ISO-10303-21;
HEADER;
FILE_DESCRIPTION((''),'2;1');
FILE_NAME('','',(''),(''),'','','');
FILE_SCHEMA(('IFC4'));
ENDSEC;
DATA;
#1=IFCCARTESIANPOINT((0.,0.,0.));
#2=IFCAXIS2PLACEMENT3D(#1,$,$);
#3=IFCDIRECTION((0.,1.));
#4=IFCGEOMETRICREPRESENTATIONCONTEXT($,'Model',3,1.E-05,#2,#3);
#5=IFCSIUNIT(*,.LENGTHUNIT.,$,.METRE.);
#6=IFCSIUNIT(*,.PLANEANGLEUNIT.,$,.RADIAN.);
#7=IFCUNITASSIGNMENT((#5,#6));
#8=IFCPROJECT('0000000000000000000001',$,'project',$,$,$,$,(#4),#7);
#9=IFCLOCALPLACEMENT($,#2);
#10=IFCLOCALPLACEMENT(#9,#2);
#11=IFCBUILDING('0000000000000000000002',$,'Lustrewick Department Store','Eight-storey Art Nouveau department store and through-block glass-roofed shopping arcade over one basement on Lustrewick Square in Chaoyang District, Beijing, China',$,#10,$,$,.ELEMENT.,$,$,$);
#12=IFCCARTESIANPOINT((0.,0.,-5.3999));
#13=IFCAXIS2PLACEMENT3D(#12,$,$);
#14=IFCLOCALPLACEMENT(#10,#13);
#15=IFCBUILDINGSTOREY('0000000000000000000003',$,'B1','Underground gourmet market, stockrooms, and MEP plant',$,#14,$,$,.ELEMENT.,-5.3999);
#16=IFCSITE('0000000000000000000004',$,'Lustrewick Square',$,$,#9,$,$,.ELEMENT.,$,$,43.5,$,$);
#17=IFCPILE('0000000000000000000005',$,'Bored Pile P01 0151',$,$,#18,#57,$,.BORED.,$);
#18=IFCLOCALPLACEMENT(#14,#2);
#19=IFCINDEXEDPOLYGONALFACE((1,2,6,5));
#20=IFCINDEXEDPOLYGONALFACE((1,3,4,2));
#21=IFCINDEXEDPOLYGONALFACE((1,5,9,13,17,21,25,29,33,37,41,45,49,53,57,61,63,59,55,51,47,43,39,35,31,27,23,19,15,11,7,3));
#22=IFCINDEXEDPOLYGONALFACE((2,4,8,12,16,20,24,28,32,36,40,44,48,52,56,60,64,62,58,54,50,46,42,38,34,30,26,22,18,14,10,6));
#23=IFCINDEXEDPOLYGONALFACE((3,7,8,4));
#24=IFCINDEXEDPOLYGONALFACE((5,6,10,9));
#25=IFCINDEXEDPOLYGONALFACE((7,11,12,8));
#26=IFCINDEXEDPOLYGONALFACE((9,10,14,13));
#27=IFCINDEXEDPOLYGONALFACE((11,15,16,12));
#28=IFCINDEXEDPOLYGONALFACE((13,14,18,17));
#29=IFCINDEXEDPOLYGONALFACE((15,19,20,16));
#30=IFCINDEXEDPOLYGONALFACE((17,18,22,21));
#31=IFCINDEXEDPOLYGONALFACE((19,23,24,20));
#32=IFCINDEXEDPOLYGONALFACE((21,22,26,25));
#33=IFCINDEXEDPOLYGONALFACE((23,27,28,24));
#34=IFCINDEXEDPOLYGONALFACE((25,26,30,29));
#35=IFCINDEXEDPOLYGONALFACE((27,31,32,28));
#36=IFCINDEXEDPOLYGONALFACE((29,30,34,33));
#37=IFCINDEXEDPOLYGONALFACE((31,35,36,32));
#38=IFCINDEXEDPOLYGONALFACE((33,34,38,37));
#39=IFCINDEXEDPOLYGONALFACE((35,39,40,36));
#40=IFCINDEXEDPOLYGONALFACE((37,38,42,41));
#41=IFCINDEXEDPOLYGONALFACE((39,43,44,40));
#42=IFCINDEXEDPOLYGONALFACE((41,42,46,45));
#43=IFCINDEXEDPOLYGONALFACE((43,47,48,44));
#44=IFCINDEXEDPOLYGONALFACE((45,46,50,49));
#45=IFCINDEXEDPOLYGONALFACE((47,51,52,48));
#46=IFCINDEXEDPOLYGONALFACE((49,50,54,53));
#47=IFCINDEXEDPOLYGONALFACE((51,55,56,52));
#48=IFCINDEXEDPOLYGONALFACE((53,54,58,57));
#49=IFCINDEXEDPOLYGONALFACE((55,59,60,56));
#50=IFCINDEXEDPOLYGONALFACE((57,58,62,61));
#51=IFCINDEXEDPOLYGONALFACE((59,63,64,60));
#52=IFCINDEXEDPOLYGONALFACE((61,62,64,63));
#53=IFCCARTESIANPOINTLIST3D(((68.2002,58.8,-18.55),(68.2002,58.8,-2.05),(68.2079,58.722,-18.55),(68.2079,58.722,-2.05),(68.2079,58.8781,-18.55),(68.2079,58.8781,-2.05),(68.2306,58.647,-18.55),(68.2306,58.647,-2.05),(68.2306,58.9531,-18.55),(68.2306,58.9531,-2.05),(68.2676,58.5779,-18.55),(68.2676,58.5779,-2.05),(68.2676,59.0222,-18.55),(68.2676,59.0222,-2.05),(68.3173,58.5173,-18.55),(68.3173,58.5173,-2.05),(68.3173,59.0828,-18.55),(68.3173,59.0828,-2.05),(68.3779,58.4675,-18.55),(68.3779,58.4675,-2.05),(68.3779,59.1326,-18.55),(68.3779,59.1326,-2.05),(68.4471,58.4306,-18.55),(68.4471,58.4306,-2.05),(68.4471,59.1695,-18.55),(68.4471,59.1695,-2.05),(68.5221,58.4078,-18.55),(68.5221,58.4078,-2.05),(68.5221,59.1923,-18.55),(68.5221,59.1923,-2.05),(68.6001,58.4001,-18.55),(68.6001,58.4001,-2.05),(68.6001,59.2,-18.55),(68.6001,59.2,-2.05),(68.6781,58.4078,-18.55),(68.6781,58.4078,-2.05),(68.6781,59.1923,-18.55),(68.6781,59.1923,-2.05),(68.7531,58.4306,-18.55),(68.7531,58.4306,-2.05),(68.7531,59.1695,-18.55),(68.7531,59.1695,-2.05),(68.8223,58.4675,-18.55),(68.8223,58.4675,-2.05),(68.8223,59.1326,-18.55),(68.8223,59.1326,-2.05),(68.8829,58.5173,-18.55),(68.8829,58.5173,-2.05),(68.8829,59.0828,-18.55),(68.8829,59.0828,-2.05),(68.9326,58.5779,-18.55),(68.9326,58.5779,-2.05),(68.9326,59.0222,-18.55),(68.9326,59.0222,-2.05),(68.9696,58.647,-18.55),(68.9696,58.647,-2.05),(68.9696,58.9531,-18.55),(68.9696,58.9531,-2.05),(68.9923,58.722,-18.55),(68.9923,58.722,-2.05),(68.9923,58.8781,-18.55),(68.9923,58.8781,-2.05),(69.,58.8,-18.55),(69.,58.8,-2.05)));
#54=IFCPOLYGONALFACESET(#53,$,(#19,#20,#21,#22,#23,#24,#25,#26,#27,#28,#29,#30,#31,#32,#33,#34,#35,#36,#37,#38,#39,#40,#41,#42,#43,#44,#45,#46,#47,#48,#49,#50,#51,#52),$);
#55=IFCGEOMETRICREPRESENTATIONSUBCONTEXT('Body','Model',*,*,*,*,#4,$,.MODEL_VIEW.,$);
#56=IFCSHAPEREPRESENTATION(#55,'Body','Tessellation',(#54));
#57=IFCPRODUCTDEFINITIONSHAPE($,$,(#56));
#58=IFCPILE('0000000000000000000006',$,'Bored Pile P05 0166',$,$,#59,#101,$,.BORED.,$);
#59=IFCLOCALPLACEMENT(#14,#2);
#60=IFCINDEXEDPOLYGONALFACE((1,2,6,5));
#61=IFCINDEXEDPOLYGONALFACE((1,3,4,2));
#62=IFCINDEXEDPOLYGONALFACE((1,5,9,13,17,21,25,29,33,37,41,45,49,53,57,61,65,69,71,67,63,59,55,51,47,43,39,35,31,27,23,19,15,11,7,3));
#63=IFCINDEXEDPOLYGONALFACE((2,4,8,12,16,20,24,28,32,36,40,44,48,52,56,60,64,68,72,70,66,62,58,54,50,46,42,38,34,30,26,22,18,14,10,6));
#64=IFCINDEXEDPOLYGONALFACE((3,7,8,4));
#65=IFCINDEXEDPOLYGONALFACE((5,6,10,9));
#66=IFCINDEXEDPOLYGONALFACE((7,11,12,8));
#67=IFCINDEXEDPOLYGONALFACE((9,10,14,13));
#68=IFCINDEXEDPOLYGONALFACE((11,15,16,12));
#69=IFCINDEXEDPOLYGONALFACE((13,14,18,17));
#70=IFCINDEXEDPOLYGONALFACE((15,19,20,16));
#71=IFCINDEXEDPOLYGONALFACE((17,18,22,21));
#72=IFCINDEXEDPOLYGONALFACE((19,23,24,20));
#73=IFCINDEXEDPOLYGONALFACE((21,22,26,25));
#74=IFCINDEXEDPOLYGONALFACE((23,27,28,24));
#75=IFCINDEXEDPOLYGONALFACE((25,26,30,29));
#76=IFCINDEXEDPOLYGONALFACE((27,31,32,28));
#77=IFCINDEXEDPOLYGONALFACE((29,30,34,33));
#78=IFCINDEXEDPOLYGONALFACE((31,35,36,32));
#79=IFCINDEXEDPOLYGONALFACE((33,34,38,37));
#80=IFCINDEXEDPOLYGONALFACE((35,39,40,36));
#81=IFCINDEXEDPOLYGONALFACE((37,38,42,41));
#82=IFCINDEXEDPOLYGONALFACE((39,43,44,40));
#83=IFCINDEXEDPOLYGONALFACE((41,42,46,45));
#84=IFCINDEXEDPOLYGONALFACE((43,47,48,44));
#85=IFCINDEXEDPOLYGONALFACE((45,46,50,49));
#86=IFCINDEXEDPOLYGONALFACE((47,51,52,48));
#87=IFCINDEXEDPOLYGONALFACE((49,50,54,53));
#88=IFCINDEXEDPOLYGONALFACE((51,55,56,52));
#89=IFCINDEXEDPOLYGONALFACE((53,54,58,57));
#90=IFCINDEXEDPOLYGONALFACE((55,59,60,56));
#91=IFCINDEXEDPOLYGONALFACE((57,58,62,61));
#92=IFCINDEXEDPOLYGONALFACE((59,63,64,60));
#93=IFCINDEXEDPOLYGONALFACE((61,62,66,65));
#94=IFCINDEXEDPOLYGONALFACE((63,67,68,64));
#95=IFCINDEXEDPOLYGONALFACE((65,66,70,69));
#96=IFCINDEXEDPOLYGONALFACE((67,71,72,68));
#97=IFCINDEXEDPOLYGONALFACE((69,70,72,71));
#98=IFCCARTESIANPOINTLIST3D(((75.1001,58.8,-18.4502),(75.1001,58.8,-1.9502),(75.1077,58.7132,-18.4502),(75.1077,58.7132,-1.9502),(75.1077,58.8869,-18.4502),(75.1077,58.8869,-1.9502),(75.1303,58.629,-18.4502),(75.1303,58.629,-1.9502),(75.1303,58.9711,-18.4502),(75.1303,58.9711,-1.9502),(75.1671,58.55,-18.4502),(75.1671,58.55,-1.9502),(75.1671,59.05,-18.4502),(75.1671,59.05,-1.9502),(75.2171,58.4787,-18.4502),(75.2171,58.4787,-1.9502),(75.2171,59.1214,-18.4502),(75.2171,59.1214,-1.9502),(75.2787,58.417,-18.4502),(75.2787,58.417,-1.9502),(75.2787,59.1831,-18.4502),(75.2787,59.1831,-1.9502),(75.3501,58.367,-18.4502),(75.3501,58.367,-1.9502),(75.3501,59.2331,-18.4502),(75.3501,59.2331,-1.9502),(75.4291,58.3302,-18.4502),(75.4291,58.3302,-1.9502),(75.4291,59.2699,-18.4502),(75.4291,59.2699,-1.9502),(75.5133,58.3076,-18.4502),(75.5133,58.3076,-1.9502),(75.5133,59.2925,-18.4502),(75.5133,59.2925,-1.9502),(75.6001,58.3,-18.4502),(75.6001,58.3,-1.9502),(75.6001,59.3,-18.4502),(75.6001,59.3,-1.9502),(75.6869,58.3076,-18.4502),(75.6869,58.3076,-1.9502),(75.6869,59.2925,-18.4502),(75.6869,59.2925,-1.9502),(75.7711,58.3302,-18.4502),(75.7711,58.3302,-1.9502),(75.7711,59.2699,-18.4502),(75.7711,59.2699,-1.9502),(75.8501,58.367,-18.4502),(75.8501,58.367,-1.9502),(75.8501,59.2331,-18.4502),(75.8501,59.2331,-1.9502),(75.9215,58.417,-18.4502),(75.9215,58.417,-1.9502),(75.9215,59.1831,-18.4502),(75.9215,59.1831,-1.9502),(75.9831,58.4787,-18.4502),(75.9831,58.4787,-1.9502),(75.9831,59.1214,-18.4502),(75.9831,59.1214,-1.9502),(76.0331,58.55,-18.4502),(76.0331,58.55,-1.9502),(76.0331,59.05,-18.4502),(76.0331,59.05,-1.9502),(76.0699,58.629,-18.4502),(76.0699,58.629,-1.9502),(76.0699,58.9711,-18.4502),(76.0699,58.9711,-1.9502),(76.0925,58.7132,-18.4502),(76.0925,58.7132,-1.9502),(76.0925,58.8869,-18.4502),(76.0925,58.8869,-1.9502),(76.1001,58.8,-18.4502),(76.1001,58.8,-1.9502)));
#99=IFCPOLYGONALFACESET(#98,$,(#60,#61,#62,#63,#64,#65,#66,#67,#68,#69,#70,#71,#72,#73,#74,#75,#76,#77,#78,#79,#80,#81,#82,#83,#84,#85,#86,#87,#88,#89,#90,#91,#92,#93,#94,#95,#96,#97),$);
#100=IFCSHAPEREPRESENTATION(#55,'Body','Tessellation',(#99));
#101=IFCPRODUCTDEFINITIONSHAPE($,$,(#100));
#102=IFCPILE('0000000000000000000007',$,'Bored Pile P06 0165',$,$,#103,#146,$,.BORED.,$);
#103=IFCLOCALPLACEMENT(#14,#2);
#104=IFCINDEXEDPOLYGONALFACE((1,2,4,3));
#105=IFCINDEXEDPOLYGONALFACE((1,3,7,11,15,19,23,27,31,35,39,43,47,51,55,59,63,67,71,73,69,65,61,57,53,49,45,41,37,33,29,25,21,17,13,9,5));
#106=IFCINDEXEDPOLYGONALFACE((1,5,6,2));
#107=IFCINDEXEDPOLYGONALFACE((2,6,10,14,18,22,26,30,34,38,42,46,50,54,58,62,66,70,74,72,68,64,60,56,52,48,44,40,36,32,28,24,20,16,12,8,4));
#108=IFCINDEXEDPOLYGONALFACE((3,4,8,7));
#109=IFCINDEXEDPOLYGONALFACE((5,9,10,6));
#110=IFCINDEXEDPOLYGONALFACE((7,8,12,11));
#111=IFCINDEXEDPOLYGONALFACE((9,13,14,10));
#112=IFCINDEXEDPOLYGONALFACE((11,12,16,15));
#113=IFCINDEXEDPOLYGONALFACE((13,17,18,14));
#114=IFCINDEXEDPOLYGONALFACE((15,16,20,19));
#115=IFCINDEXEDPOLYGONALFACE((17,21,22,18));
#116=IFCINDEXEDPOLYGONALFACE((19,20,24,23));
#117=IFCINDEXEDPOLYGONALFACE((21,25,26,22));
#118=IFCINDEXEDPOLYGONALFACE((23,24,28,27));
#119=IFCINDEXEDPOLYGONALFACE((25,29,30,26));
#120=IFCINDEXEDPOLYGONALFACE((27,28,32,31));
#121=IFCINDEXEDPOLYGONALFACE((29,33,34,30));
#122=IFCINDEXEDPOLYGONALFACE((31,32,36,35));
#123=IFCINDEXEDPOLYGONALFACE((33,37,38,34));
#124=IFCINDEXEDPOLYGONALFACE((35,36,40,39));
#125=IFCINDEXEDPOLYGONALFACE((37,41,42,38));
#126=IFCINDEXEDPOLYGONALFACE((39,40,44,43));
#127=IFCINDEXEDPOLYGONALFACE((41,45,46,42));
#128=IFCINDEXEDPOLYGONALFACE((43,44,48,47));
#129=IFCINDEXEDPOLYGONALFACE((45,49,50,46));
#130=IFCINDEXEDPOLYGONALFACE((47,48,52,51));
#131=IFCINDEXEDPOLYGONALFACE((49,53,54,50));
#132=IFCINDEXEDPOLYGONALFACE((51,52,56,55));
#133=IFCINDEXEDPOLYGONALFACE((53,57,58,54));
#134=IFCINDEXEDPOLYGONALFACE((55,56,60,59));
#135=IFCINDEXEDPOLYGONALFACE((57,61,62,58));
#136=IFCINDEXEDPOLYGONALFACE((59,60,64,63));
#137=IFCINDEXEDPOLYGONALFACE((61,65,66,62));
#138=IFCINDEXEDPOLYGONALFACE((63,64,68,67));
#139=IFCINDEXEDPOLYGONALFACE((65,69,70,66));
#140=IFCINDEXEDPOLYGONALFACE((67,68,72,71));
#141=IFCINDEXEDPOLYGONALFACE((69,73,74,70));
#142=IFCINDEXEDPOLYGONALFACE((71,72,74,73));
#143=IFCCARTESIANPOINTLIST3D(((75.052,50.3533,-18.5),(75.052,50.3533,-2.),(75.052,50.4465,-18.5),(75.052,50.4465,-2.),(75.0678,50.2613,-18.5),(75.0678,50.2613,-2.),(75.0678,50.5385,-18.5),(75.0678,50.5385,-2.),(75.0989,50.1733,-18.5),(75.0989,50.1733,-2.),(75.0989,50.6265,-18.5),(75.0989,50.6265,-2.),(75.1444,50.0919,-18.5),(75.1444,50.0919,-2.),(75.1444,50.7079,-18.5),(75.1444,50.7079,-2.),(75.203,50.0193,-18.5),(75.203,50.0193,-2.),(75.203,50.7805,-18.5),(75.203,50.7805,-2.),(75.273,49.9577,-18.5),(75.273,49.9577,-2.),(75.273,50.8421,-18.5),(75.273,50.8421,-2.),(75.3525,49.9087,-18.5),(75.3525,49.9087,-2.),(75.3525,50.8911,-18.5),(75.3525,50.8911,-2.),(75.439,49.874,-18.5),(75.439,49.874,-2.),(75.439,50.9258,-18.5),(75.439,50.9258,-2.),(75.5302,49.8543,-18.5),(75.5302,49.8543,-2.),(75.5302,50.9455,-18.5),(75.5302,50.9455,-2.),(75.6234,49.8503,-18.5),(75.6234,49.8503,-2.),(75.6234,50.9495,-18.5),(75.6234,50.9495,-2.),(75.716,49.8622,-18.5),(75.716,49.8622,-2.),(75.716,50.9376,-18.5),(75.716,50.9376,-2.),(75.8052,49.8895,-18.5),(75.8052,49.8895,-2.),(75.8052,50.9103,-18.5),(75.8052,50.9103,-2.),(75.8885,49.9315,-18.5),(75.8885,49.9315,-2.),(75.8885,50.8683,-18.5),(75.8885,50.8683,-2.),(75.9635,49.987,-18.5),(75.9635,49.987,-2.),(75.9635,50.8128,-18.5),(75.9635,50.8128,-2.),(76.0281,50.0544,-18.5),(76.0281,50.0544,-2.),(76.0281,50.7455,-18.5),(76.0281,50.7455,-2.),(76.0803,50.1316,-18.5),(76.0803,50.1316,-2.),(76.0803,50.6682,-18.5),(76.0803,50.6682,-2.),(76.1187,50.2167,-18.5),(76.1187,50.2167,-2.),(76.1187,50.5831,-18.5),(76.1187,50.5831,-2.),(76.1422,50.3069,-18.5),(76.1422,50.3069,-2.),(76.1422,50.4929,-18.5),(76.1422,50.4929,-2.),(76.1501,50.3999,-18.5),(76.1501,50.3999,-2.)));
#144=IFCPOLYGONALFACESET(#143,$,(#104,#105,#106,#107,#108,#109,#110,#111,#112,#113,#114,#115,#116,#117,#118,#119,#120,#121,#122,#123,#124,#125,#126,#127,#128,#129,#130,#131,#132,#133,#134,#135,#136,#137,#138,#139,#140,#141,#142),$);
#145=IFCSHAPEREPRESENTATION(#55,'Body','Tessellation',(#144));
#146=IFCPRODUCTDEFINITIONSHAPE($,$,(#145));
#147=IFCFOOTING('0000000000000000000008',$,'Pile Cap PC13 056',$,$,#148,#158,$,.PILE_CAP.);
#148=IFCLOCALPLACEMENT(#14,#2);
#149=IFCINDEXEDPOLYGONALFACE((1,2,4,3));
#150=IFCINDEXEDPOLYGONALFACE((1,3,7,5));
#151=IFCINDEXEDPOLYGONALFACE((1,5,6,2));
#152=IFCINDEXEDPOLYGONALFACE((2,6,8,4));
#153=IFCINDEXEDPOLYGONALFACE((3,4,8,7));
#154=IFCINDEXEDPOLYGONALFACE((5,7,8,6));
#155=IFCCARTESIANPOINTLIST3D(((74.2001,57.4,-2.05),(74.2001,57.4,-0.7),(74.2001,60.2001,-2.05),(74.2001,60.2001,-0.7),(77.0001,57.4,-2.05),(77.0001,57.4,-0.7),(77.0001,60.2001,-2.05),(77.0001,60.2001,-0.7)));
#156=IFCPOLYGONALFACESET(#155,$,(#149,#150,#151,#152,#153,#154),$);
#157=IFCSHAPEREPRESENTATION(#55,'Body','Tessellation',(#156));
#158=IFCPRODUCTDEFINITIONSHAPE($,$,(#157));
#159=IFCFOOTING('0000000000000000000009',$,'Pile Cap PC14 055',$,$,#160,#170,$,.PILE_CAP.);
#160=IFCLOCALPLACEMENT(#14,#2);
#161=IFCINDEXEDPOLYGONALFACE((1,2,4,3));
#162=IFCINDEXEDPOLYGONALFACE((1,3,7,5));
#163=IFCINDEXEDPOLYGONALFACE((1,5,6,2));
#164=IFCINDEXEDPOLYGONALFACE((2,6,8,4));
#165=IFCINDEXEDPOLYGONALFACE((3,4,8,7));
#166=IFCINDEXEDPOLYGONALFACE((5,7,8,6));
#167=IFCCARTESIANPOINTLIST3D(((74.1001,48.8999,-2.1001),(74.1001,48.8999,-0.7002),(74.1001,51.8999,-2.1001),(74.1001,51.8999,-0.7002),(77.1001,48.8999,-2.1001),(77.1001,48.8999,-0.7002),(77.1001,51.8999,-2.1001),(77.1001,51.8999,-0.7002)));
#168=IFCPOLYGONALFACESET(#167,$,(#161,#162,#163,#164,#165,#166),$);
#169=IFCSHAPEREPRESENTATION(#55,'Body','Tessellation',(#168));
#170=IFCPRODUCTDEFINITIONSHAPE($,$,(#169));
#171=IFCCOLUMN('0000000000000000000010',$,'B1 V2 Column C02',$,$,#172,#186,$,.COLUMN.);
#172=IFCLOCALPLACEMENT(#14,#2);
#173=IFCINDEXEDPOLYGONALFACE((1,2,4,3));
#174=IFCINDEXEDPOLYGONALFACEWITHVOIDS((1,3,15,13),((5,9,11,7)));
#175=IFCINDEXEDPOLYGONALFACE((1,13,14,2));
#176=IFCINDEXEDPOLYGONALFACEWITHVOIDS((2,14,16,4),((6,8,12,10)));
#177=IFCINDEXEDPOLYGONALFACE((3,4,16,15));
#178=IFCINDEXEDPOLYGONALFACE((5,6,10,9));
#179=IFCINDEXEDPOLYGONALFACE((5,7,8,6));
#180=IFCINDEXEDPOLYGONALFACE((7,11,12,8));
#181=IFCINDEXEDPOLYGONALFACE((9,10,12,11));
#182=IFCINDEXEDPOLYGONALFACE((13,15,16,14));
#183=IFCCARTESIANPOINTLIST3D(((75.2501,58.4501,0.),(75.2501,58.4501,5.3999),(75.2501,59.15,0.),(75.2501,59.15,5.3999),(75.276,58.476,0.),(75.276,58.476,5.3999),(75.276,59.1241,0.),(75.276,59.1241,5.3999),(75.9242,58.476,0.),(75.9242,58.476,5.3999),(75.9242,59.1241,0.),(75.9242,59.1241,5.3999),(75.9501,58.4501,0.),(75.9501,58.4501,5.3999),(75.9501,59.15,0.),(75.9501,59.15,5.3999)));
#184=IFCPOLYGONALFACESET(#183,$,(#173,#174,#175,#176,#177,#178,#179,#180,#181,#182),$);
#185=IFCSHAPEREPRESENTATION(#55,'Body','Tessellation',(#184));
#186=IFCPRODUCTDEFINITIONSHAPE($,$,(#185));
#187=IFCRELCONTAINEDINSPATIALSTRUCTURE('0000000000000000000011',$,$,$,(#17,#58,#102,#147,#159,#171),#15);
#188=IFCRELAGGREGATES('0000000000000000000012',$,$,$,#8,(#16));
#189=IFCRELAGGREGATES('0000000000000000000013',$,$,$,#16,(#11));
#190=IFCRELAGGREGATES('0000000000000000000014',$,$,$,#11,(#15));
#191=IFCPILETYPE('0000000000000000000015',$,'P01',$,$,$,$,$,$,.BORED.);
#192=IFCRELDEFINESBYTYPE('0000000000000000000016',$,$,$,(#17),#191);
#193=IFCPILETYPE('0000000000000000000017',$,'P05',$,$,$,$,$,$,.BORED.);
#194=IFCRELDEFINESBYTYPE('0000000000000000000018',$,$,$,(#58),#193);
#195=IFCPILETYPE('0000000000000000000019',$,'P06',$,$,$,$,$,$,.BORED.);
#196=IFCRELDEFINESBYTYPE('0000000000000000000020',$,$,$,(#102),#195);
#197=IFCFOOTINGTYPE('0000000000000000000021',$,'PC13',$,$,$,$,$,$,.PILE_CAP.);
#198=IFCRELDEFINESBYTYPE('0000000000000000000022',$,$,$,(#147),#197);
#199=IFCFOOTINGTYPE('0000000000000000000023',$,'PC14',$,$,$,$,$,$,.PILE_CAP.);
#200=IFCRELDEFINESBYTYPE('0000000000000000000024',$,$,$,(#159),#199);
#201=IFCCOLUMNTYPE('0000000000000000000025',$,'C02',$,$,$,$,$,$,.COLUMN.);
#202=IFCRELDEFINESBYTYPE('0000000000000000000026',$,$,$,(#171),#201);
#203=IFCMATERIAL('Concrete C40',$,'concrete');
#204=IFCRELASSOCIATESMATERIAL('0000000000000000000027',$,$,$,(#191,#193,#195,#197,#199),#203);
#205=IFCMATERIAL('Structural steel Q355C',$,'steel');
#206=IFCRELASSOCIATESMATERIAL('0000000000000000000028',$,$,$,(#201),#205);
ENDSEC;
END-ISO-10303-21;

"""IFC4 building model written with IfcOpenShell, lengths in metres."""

from ifc_helpers import new_model, si_unit, direction, frame, origin, origin_2d, place, context, subcontext, project, spatial, rectangle, hollow_rectangle, circle, extrude, material, material_profile, profile_set, type_object, element, save


model = new_model("IFC4")

# Units and contexts
model_context = context("Model", 3, precision=1e-05, world=origin(), true_north=direction((0.0, 1.0)))
body_context = subcontext(model_context, "Body", "Model", "MODEL_VIEW")
ifc_project = project(units=[si_unit("LENGTHUNIT", "METRE"), si_unit("PLANEANGLEUNIT", "RADIAN")], contexts=[model_context])

# Site, building, storey
site_placement = place(None, origin())
site = spatial("IfcSite", under=ifc_project, at=site_placement, Name="Lustrewick Square", CompositionType="ELEMENT", RefElevation=43.5)
building_placement = place(site_placement, origin())
building = spatial("IfcBuilding", under=site, at=building_placement, Name="Lustrewick Department Store", Description="Eight-storey Art Nouveau department store and through-block glass-roofed shopping arcade over one basement on Lustrewick Square in Chaoyang District, Beijing, China", CompositionType="ELEMENT")
storey_placement = place(building_placement, frame((0.0, 0.0, -5.3999)))
storey = spatial("IfcBuildingStorey", under=building, at=storey_placement, Name="B1", Description="Underground gourmet market, stockrooms, and MEP plant", CompositionType="ELEMENT", Elevation=-5.3999)

# Piles
ifc_material_1 = material(Name="Concrete C40", Category="concrete")
ifc_material_profile_1 = material_profile(ifc_material_1, circle(Radius=0.3999, at=origin_2d()), Name="PILE D800")
ifc_profile_set_1 = profile_set([ifc_material_profile_1], Name="Concrete C40")
pile_type_1 = type_object("IfcPileType", Name="P01", PredefinedType="BORED", material=ifc_profile_set_1)
pile_1_placement = place(storey_placement, frame((68.6001, 58.8, -2.05), z_axis=(0.0, 0.0, -1.0), x_axis=(1.0, 0.0, 0.0)))
element("IfcPile", 1, at=pile_1_placement, inside=storey, type_object=pile_type_1, Name="Bored Pile P01 0151", PredefinedType="BORED", context=body_context, shape_type="SweptSolid", body=[
    extrude(circle(Radius=0.3999, at=origin_2d()), origin(), (0.0, 0.0, 1.0), 16.5),
])
ifc_material_profile_2 = material_profile(ifc_material_1, circle(Radius=0.5, at=origin_2d()), Name="PILE D1000")
ifc_profile_set_2 = profile_set([ifc_material_profile_2], Name="Concrete C40")
pile_type_2 = type_object("IfcPileType", Name="P05", PredefinedType="BORED", material=ifc_profile_set_2)
pile_2_placement = place(storey_placement, frame((75.6001, 58.8, -1.9502), z_axis=(0.0, 0.0, -1.0), x_axis=(1.0, 0.0, 0.0)))
element("IfcPile", 2, at=pile_2_placement, inside=storey, type_object=pile_type_2, Name="Bored Pile P05 0166", PredefinedType="BORED", context=body_context, shape_type="SweptSolid", body=[
    extrude(circle(Radius=0.5, at=origin_2d()), origin(), (0.0, 0.0, 1.0), 16.5),
])
ifc_material_profile_3 = material_profile(ifc_material_1, circle(Radius=0.55, at=origin_2d()), Name="PILE D1100")
ifc_profile_set_3 = profile_set([ifc_material_profile_3], Name="Concrete C40")
pile_type_3 = type_object("IfcPileType", Name="P06", PredefinedType="BORED", material=ifc_profile_set_3)
pile_3_placement = place(storey_placement, frame((75.6001, 50.3999, -2.0), z_axis=(0.0, 0.0, -1.0), x_axis=(1.0, 0.0, 0.0)))
element("IfcPile", 3, at=pile_3_placement, inside=storey, type_object=pile_type_3, Name="Bored Pile P06 0165", PredefinedType="BORED", context=body_context, shape_type="SweptSolid", body=[
    extrude(circle(Radius=0.55, at=origin_2d()), origin(), (0.0, 0.0, 1.0), 16.5),
])

# Footings
footing_type_1 = type_object("IfcFootingType", Name="PC13", PredefinedType="PILE_CAP", material=ifc_material_1)
footing_1_placement = place(storey_placement, frame((75.6001, 58.8, -2.05), z_axis=(0.0, 0.0, 1.0), x_axis=(1.0, 0.0, 0.0)))
element("IfcFooting", 4, at=footing_1_placement, inside=storey, type_object=footing_type_1, Name="Pile Cap PC13 056", PredefinedType="PILE_CAP", context=body_context, shape_type="SweptSolid", body=[
    extrude(rectangle(XDim=2.8, YDim=2.8, at=origin_2d()), origin(), (0.0, 0.0, 1.0), 1.3501),
])
footing_type_2 = type_object("IfcFootingType", Name="PC14", PredefinedType="PILE_CAP", material=ifc_material_1)
footing_2_placement = place(storey_placement, frame((75.6001, 50.3999, -2.1001), z_axis=(0.0, 0.0, 1.0), x_axis=(1.0, 0.0, 0.0)))
element("IfcFooting", 5, at=footing_2_placement, inside=storey, type_object=footing_type_2, Name="Pile Cap PC14 055", PredefinedType="PILE_CAP", context=body_context, shape_type="SweptSolid", body=[
    extrude(rectangle(XDim=3.0, YDim=3.0, at=origin_2d()), origin(), (0.0, 0.0, 1.0), 1.3999),
])

# Column
ifc_material_2 = material(Name="Structural steel Q355C", Category="steel")
ifc_material_profile_4 = material_profile(ifc_material_2, hollow_rectangle(XDim=0.7, YDim=0.7, WallThickness=0.0259, at=origin_2d()), Name="BOX 700x700x26")
ifc_profile_set_4 = profile_set([ifc_material_profile_4], Name="Structural steel Q355C")
column_type_1 = type_object("IfcColumnType", Name="C02", PredefinedType="COLUMN", material=ifc_profile_set_4)
column_1_placement = place(storey_placement, frame((75.6001, 58.8, 0.0), z_axis=(0.0, 0.0, 1.0), x_axis=(1.0, 0.0, 0.0)))
element("IfcColumn", 6, at=column_1_placement, inside=storey, type_object=column_type_1, Name="B1 V2 Column C02", PredefinedType="COLUMN", context=body_context, shape_type="SweptSolid", body=[
    extrude(hollow_rectangle(XDim=0.7, YDim=0.7, WallThickness=0.0259, at=origin_2d()), origin(), (0.0, 0.0, 1.0), 5.3999),
])

save(model, "model.ifc")
